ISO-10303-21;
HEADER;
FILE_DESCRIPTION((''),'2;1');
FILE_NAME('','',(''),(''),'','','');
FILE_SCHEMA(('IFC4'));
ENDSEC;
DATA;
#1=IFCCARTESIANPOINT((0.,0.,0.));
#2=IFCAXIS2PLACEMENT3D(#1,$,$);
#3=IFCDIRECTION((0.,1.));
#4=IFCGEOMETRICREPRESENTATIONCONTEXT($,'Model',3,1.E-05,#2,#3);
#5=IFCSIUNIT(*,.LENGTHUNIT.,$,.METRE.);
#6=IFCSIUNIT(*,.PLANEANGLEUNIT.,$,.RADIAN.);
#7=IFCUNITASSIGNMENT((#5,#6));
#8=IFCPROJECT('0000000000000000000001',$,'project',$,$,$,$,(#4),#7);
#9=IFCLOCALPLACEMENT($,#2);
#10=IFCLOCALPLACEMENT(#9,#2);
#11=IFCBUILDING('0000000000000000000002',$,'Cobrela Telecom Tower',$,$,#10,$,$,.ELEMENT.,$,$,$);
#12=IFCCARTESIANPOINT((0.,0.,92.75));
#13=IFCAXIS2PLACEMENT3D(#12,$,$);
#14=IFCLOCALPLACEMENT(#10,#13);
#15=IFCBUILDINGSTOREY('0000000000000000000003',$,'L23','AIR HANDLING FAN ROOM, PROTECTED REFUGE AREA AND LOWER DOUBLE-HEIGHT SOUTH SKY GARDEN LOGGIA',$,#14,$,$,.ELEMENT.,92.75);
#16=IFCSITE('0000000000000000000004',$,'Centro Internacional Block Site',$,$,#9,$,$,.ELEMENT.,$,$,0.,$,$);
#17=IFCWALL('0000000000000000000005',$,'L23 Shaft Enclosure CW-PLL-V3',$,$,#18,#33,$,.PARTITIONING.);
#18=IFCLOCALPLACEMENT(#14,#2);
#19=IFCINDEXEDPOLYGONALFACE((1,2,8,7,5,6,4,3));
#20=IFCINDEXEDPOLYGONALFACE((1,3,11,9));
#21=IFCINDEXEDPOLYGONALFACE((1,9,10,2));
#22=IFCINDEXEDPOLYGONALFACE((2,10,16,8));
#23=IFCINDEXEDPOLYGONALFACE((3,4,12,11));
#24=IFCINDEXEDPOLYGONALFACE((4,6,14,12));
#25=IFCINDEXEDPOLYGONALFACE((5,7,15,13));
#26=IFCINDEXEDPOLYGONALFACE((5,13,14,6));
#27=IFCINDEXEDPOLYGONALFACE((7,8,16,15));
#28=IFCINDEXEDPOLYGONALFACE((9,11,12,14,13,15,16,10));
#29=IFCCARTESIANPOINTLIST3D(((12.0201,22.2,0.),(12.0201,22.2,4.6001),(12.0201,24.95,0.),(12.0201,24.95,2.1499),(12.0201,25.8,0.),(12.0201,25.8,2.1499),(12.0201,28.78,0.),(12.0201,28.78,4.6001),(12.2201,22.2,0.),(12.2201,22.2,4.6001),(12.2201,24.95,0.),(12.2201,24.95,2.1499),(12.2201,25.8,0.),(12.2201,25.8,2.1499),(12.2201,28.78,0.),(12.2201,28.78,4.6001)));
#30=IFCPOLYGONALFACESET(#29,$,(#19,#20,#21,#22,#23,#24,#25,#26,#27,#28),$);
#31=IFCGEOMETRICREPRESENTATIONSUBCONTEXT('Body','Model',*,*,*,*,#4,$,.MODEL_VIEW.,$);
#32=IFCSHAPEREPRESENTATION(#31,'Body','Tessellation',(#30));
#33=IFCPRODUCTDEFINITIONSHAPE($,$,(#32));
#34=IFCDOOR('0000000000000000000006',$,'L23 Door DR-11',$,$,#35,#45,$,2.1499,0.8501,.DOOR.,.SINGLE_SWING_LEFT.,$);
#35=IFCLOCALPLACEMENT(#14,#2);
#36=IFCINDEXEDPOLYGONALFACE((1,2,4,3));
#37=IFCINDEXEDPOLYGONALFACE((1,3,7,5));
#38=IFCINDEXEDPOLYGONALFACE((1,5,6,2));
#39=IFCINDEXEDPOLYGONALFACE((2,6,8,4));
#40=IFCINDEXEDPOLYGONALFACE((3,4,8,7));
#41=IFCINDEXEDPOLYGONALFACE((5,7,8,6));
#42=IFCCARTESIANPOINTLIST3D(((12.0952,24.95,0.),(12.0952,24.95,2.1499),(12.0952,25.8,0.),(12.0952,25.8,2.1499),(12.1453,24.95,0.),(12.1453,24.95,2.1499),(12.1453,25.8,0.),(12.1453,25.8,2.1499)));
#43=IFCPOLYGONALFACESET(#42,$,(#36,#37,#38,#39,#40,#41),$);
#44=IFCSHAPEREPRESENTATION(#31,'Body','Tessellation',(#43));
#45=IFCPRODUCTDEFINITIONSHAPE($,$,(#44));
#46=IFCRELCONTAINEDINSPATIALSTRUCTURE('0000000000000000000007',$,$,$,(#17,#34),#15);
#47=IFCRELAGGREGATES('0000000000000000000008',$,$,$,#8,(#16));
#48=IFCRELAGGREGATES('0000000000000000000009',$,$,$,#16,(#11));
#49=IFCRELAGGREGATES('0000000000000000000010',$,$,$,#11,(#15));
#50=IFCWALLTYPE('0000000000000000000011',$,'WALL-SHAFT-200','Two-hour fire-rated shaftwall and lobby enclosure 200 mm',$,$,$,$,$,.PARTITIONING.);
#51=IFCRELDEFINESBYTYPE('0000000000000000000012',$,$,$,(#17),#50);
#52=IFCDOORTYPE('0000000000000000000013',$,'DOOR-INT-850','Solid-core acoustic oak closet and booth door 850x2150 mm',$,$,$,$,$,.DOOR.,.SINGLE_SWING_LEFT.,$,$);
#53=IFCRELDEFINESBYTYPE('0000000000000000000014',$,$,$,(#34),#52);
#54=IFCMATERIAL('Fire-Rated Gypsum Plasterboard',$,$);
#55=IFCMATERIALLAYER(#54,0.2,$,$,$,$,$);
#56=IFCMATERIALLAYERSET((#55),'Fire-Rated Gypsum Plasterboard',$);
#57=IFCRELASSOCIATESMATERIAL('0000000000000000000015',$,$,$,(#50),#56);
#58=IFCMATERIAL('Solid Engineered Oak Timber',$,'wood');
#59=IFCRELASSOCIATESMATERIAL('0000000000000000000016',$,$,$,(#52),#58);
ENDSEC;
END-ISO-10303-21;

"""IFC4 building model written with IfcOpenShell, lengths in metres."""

from ifc_helpers import new_model, si_unit, direction, frame, frame_2d, origin, place, context, subcontext, project, spatial, rectangle, extrude, material, layer, layer_set, type_object, element, fill, save


model = new_model("IFC4")

# Units and contexts
model_context = context("Model", 3, precision=1e-05, world=origin(), true_north=direction((0.0, 1.0)))
body_context = subcontext(model_context, "Body", "Model", "MODEL_VIEW")
ifc_project = project(units=[si_unit("LENGTHUNIT", "METRE"), si_unit("PLANEANGLEUNIT", "RADIAN")], contexts=[model_context])

# Site, building, storey
site_placement = place(None, origin())
site = spatial("IfcSite", under=ifc_project, at=site_placement, Name="Centro Internacional Block Site", CompositionType="ELEMENT", RefElevation=0.0)
building_placement = place(site_placement, origin())
building = spatial("IfcBuilding", under=site, at=building_placement, Name="Cobrela Telecom Tower", CompositionType="ELEMENT")
storey_placement = place(building_placement, frame((0.0, 0.0, 92.75)))
storey = spatial("IfcBuildingStorey", under=building, at=storey_placement, Name="L23", Description="AIR HANDLING FAN ROOM, PROTECTED REFUGE AREA AND LOWER DOUBLE-HEIGHT SOUTH SKY GARDEN LOGGIA", CompositionType="ELEMENT", Elevation=92.75)

# Shared definitions
ifc_material_1 = material(Name="Fire-Rated Gypsum Plasterboard")
ifc_layer = layer(ifc_material_1, 0.2)
ifc_layer_set = layer_set([ifc_layer], Name="Fire-Rated Gypsum Plasterboard")
wall_type = type_object("IfcWallType", Name="WALL-SHAFT-200", Description="Two-hour fire-rated shaftwall and lobby enclosure 200 mm", PredefinedType="PARTITIONING", material=ifc_layer_set)

# Wall, opening, door
wall_1_placement = place(storey_placement, frame((12.1201, 22.2, 0.0), z_axis=(0.0, 0.0, 1.0), x_axis=(0.0, 1.0, 0.0)))
wall_1 = element("IfcWall", 1, at=wall_1_placement, inside=storey, type_object=wall_type, Name="L23 Shaft Enclosure CW-PLL-V3", PredefinedType="PARTITIONING", context=body_context, shape_type="SweptSolid", body=[
    extrude(rectangle(XDim=6.5801, YDim=0.2, at=frame_2d((3.29, 0.0))), origin(), (0.0, 0.0, 1.0), 4.6001),
])
opening_1_placement = place(wall_1_placement, frame((2.75, 0.0, 0.0)))
opening_1 = element("IfcOpeningElement", 2, at=opening_1_placement, cuts=wall_1, PredefinedType="OPENING", context=body_context, shape_type="SweptSolid", body=[
    extrude(rectangle(XDim=0.8501, YDim=2.1499, at=frame_2d((0.425, 1.075))), frame((0.0, 0.1118, 0.0), z_axis=(0.0, -1.0, 0.0), x_axis=(1.0, 0.0, 0.0)), (0.0, 0.0, 1.0), 0.2239),
])
ifc_material_2 = material(Name="Solid Engineered Oak Timber", Category="wood")
door_type_1 = type_object("IfcDoorType", Name="DOOR-INT-850", Description="Solid-core acoustic oak closet and booth door 850x2150 mm", OperationType="SINGLE_SWING_LEFT", PredefinedType="DOOR", material=ifc_material_2)
door_1_placement = place(opening_1_placement, origin())
door_1 = element("IfcDoor", 3, at=door_1_placement, inside=storey, type_object=door_type_1, Name="L23 Door DR-11", OperationType="SINGLE_SWING_LEFT", OverallHeight=2.1499, OverallWidth=0.8501, PredefinedType="DOOR", context=body_context, shape_type="SweptSolid", body=[
    extrude(rectangle(XDim=0.8501, YDim=2.1499, at=frame_2d((0.425, 1.075))), frame((0.0, 0.0249, 0.0), z_axis=(0.0, -1.0, 0.0), x_axis=(1.0, 0.0, 0.0)), (0.0, 0.0, 1.0), 0.05),
])
fill(opening_1, door_1)

save(model, "model.ifc")
